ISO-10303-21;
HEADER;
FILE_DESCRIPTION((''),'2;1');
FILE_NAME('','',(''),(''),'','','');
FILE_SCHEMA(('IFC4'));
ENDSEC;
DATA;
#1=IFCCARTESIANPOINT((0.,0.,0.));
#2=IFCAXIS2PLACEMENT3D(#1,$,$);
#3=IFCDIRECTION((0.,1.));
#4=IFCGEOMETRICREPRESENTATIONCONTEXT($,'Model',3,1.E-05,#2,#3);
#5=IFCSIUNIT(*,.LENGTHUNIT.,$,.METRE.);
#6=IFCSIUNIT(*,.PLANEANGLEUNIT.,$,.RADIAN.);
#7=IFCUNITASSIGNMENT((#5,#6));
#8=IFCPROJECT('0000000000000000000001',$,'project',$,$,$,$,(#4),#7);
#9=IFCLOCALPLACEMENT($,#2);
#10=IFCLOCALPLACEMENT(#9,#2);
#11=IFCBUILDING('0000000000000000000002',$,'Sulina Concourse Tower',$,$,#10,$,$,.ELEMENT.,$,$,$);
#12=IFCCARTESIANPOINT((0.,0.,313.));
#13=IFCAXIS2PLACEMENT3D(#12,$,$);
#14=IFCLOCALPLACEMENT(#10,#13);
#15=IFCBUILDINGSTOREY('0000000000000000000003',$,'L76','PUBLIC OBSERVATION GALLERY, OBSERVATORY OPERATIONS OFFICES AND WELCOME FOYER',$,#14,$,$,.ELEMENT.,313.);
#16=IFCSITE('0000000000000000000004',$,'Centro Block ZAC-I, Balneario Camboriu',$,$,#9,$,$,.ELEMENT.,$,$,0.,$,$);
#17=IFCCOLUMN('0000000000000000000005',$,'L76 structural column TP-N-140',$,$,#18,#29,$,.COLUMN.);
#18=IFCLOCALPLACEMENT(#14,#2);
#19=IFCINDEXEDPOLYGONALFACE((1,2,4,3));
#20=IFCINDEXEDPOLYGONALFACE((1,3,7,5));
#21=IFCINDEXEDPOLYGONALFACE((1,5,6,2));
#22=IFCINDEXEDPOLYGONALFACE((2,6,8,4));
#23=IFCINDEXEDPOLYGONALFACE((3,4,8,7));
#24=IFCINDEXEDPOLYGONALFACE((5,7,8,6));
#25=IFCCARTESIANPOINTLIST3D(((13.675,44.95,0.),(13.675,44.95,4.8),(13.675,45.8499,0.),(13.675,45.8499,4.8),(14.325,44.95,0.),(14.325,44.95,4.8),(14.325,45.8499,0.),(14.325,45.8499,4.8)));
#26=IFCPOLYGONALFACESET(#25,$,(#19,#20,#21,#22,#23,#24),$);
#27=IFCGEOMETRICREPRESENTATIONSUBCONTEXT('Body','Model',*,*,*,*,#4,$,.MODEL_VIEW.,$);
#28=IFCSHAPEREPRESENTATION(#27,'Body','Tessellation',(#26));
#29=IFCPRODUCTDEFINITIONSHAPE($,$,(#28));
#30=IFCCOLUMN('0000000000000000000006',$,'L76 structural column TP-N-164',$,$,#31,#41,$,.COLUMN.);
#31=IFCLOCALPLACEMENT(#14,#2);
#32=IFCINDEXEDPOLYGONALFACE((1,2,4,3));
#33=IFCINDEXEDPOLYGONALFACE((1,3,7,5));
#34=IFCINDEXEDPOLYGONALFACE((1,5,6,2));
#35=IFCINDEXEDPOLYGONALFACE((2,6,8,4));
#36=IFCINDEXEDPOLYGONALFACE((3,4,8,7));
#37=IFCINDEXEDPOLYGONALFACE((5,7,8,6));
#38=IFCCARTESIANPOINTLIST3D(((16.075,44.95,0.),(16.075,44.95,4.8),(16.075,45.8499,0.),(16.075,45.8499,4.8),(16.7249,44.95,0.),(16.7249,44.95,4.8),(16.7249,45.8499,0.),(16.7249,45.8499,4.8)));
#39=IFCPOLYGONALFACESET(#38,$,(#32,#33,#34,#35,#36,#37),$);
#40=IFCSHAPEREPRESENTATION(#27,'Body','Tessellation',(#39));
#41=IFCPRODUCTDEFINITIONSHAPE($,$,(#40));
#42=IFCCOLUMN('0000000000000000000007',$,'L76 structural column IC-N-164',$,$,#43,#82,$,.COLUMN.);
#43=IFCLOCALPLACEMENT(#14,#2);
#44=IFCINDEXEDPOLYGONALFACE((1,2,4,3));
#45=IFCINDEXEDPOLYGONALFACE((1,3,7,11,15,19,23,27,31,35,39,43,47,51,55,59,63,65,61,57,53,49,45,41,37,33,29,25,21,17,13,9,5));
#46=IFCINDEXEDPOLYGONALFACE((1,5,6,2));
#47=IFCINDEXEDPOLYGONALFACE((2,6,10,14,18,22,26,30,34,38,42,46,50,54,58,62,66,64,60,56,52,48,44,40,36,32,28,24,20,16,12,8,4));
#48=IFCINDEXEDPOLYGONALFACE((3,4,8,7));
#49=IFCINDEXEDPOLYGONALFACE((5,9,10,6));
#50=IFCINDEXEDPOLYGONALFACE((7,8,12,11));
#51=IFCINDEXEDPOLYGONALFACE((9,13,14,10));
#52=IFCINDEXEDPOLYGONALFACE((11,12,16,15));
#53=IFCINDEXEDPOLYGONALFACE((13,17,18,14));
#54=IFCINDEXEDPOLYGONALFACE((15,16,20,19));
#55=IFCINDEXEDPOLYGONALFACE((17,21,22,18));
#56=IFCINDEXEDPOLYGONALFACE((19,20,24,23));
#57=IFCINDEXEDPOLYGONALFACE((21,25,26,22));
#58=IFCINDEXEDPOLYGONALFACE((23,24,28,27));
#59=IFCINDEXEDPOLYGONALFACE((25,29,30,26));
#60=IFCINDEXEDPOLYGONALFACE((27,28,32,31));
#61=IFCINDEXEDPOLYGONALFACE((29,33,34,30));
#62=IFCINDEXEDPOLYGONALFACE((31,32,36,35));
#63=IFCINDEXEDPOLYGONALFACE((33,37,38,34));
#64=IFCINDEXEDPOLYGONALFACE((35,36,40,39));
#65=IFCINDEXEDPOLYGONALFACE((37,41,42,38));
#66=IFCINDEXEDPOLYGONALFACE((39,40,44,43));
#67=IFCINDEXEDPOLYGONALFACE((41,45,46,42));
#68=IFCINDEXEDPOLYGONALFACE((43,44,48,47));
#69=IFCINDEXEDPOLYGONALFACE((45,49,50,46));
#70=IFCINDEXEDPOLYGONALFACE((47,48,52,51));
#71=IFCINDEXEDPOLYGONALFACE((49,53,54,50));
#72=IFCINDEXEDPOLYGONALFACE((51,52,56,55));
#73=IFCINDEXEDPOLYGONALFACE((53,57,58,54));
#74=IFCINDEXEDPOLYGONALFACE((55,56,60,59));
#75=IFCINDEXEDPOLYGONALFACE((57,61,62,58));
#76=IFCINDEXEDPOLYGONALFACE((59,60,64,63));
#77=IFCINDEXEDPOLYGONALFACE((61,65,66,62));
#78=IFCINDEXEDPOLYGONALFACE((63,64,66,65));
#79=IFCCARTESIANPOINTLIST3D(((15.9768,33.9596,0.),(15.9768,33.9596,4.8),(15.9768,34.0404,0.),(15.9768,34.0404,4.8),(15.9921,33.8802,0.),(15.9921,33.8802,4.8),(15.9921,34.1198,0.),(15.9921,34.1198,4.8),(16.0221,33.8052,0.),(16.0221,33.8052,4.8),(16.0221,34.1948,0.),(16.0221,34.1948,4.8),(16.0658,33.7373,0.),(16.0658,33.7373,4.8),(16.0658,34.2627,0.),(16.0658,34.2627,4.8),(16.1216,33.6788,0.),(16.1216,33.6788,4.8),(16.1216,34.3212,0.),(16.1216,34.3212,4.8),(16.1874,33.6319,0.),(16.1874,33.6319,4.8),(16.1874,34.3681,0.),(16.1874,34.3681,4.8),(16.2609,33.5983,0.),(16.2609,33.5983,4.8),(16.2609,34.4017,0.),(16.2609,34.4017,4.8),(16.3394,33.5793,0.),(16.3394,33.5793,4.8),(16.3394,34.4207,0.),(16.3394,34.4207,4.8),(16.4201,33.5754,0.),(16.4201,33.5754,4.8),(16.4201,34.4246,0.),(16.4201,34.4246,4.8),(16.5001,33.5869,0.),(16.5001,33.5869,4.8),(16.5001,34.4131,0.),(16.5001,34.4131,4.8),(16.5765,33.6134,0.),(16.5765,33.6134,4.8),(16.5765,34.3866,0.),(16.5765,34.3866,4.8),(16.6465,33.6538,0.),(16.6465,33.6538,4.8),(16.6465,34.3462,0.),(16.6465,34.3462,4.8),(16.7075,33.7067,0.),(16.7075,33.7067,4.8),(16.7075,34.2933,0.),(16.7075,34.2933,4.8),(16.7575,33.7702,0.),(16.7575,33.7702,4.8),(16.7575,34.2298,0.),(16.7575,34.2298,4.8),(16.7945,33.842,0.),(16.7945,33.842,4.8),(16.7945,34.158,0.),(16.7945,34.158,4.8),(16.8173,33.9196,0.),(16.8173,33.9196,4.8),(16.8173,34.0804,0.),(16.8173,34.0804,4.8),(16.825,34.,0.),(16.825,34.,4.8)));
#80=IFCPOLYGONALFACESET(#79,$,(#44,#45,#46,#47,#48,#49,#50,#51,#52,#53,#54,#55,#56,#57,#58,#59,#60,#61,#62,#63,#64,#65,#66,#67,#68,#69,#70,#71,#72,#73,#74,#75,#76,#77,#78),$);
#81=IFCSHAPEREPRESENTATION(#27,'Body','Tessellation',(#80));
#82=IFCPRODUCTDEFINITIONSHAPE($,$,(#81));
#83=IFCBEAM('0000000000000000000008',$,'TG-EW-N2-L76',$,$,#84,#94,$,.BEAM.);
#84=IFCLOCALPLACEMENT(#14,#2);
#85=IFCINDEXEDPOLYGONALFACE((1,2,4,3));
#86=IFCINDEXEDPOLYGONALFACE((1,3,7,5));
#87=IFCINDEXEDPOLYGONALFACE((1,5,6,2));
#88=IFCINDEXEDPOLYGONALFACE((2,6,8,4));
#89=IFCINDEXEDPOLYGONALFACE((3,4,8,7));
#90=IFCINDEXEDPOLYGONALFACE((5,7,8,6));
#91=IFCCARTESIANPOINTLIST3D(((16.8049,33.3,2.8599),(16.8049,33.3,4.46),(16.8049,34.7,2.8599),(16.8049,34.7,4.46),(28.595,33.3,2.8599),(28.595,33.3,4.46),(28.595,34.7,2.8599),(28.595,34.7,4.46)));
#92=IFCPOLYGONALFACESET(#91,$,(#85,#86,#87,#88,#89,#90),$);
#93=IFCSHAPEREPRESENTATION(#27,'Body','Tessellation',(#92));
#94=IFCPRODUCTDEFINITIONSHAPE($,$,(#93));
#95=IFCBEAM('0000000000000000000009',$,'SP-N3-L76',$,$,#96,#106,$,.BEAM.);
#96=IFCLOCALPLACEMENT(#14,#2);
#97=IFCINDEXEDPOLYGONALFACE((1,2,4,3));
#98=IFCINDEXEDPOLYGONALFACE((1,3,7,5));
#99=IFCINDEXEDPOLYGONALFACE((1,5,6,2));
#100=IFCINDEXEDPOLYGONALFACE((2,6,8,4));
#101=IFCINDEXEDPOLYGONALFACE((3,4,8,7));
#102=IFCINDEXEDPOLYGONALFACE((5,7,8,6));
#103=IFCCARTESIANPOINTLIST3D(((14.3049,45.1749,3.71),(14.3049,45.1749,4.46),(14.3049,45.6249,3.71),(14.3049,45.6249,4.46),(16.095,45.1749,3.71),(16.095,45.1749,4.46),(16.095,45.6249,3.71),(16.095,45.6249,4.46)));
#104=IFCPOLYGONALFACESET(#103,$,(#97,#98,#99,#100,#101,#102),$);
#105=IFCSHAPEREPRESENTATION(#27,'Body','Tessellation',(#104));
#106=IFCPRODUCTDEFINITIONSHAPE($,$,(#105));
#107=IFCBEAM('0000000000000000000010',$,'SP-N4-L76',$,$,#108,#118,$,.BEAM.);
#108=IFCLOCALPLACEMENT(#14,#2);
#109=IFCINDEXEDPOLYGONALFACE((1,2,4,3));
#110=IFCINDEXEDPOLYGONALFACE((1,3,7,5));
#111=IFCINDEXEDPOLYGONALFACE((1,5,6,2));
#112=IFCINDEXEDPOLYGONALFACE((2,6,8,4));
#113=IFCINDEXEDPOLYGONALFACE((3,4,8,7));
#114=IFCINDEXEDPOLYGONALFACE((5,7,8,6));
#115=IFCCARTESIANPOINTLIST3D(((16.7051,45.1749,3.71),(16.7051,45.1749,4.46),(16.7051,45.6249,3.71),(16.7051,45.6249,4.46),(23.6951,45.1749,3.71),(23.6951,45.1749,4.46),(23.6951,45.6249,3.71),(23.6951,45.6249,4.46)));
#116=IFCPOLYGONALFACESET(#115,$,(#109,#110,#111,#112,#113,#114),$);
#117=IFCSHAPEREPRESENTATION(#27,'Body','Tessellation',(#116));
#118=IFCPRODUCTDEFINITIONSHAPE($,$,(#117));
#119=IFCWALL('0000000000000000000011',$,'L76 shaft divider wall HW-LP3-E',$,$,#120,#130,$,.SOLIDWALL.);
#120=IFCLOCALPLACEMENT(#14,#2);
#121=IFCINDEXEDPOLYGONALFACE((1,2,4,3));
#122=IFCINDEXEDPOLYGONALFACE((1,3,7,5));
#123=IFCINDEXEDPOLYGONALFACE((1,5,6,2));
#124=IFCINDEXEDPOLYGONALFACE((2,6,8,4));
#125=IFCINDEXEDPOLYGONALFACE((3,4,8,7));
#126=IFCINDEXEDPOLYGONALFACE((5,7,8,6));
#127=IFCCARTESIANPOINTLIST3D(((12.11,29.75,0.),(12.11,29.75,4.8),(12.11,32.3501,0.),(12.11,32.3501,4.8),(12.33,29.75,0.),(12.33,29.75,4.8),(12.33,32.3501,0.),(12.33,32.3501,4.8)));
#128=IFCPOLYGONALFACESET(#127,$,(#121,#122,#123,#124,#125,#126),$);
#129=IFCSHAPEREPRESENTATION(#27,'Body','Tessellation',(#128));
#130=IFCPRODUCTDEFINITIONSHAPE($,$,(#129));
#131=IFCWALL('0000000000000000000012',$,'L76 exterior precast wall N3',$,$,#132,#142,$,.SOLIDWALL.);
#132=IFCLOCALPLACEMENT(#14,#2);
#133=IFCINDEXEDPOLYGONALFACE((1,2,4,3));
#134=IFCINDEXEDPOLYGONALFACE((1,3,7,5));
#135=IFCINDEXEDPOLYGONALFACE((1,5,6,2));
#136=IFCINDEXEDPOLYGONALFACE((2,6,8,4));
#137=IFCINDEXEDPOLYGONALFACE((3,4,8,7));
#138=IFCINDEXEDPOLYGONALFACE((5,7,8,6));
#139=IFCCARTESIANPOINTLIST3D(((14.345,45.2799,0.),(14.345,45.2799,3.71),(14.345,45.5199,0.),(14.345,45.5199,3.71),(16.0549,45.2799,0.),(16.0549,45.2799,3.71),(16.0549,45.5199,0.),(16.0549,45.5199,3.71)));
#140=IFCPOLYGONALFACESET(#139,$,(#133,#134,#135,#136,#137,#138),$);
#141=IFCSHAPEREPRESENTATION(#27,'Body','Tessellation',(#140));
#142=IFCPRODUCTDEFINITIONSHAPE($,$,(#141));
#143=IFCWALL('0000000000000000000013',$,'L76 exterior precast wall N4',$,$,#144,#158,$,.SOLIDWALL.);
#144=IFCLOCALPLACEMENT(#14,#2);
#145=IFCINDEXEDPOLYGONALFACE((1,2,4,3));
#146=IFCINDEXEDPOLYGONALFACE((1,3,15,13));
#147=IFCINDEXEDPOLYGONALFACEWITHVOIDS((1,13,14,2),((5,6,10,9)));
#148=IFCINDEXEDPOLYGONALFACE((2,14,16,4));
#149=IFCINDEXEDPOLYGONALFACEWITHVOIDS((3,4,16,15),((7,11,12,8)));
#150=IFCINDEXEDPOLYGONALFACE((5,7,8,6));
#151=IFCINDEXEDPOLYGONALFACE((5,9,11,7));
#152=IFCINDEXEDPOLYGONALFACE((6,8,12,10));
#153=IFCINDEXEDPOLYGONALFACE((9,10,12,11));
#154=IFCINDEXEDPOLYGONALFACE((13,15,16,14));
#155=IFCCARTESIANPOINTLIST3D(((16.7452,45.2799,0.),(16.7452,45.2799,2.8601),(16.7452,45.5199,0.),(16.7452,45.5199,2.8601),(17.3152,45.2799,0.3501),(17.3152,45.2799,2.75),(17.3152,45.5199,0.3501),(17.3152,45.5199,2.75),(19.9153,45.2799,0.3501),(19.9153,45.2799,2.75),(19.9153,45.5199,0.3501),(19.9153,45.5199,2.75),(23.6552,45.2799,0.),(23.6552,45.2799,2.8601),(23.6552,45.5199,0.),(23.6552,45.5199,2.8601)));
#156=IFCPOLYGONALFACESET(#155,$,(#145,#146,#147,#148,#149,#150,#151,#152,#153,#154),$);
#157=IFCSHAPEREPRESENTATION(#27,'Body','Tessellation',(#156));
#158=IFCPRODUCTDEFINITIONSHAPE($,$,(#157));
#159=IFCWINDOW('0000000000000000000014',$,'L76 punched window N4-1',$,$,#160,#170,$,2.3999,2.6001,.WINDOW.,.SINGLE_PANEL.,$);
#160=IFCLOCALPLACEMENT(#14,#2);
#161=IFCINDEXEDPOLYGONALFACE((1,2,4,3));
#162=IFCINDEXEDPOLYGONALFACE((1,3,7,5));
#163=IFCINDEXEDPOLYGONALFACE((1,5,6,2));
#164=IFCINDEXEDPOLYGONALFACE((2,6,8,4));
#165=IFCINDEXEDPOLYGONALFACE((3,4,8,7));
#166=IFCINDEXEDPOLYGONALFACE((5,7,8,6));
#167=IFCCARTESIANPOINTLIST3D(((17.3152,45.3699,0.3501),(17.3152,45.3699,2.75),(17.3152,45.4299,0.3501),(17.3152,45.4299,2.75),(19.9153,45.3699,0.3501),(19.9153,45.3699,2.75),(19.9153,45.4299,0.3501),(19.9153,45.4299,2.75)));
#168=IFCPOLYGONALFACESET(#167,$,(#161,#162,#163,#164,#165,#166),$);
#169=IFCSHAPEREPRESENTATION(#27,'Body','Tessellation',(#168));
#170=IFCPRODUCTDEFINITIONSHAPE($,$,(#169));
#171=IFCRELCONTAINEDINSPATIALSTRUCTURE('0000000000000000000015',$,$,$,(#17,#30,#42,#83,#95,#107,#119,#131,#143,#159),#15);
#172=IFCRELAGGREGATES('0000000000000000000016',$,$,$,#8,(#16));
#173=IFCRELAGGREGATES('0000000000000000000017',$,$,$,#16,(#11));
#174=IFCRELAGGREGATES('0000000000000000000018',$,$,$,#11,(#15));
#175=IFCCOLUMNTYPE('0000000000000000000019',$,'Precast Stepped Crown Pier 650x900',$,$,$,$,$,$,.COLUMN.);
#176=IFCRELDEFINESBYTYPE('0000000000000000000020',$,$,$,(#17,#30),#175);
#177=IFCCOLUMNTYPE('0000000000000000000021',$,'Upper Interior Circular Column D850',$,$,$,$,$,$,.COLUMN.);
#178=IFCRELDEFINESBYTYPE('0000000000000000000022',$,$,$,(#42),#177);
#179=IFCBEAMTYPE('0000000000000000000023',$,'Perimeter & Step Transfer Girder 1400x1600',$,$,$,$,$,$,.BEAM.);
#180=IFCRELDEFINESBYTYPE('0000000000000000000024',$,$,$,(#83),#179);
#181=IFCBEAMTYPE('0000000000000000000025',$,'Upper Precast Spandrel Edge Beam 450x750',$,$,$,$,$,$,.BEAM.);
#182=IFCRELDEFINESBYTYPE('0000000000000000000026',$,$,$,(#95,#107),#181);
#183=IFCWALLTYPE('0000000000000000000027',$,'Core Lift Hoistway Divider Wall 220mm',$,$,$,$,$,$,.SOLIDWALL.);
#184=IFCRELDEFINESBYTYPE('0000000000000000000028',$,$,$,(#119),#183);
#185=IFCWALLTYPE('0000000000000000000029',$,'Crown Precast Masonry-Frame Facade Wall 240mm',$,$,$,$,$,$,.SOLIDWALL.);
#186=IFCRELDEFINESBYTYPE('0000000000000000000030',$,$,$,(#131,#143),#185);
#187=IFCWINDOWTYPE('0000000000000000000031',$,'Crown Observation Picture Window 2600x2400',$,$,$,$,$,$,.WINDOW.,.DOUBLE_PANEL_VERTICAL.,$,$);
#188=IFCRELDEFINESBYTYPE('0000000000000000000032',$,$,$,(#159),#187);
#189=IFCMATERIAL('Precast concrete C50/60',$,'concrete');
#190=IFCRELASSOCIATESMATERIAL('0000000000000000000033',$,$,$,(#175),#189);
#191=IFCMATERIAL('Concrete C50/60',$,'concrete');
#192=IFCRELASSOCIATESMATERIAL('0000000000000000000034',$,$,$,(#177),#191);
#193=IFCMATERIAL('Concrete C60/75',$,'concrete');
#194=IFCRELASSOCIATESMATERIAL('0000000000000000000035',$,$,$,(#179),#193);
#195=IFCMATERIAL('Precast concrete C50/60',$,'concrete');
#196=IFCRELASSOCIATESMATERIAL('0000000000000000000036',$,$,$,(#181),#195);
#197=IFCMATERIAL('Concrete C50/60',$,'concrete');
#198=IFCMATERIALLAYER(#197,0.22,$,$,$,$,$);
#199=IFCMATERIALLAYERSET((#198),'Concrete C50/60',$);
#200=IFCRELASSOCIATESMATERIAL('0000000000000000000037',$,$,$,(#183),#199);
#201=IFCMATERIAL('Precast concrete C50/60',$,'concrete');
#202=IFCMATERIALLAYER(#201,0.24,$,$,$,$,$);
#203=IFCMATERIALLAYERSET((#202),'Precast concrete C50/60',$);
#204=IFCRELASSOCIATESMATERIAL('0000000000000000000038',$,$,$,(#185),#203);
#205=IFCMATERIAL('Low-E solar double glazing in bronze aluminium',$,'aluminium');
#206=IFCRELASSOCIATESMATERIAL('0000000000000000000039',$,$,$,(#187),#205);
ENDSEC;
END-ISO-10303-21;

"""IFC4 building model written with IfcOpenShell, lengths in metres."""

from ifc_helpers import new_model, si_unit, direction, frame, frame_2d, origin, origin_2d, place, context, subcontext, project, spatial, rectangle, circle, extrude, material, layer, layer_set, material_profile, profile_set, type_object, element, fill, save


model = new_model("IFC4")

# Units and contexts
model_context = context("Model", 3, precision=1e-05, world=origin(), true_north=direction((0.0, 1.0)))
body_context = subcontext(model_context, "Body", "Model", "MODEL_VIEW")
ifc_project = project(units=[si_unit("LENGTHUNIT", "METRE"), si_unit("PLANEANGLEUNIT", "RADIAN")], contexts=[model_context])

# Site, building, storey
site_placement = place(None, origin())
site = spatial("IfcSite", under=ifc_project, at=site_placement, Name="Centro Block ZAC-I, Balneario Camboriu", CompositionType="ELEMENT", RefElevation=0.0)
building_placement = place(site_placement, origin())
building = spatial("IfcBuilding", under=site, at=building_placement, Name="Sulina Concourse Tower", CompositionType="ELEMENT")
storey_placement = place(building_placement, frame((0.0, 0.0, 313.0)))
storey = spatial("IfcBuildingStorey", under=building, at=storey_placement, Name="L76", Description="PUBLIC OBSERVATION GALLERY, OBSERVATORY OPERATIONS OFFICES AND WELCOME FOYER", CompositionType="ELEMENT", Elevation=313.0)

# Columns
ifc_material_1 = material(Name="Precast concrete C50/60", Category="concrete")
ifc_material_profile_1 = material_profile(ifc_material_1, rectangle(XDim=0.6499, YDim=0.8999, at=origin_2d()), Name="PC 650x900")
ifc_profile_set_1 = profile_set([ifc_material_profile_1], Name="Precast concrete C50/60")
column_type_1 = type_object("IfcColumnType", Name="Precast Stepped Crown Pier 650x900", PredefinedType="COLUMN", material=ifc_profile_set_1)
for number, where, z_axis, x_axis, name in (
    (1, (14.0, 45.3999, 0.0), (0.0, 0.0, 1.0), (1.0, 0.0, 0.0), "L76 structural column TP-N-140"),
    (2, (16.3999, 45.3999, 0.0), (0.0, 0.0, 1.0), (1.0, 0.0, 0.0), "L76 structural column TP-N-164"),
):
    element("IfcColumn", number, at=place(storey_placement, frame(where, z_axis=z_axis, x_axis=x_axis)), inside=storey, type_object=column_type_1, Name=name, PredefinedType="COLUMN", context=body_context, shape_type="SweptSolid", body=[
        extrude(rectangle(XDim=0.6499, YDim=0.8999, at=origin_2d()), origin(), (0.0, 0.0, 1.0), 4.8),
    ])
ifc_material_2 = material(Name="Concrete C50/60", Category="concrete")
ifc_material_profile_2 = material_profile(ifc_material_2, circle(Radius=0.425, at=origin_2d()), Name="RC D850")
ifc_profile_set_2 = profile_set([ifc_material_profile_2], Name="Concrete C50/60")
column_type_2 = type_object("IfcColumnType", Name="Upper Interior Circular Column D850", PredefinedType="COLUMN", material=ifc_profile_set_2)
column_placement = place(storey_placement, frame((16.3999, 34.0, 0.0), z_axis=(0.0, 0.0, 1.0), x_axis=(1.0, 0.0, 0.0)))
element("IfcColumn", 3, at=column_placement, inside=storey, type_object=column_type_2, Name="L76 structural column IC-N-164", PredefinedType="COLUMN", context=body_context, shape_type="SweptSolid", body=[
    extrude(circle(Radius=0.425, at=origin_2d()), origin(), (0.0, 0.0, 1.0), 4.8),
])

# Beams
ifc_material_3 = material(Name="Concrete C60/75", Category="concrete")
ifc_material_profile_3 = material_profile(ifc_material_3, rectangle(XDim=1.3999, YDim=1.6001, at=origin_2d()), Name="RC 1400x1600")
ifc_profile_set_3 = profile_set([ifc_material_profile_3], Name="Concrete C60/75")
beam_type_1 = type_object("IfcBeamType", Name="Perimeter & Step Transfer Girder 1400x1600", PredefinedType="BEAM", material=ifc_profile_set_3)
beam_1_placement = place(storey_placement, frame((16.8049, 34.0, 3.6599), z_axis=(1.0, 0.0, 0.0), x_axis=(0.0, 1.0, 0.0)))
element("IfcBeam", 4, at=beam_1_placement, inside=storey, type_object=beam_type_1, Name="TG-EW-N2-L76", PredefinedType="BEAM", context=body_context, shape_type="SweptSolid", body=[
    extrude(rectangle(XDim=1.3999, YDim=1.6001, at=origin_2d()), origin(), (0.0, 0.0, 1.0), 11.79),
])
ifc_material_4 = material(Name="Precast concrete C50/60", Category="concrete")
ifc_material_profile_4 = material_profile(ifc_material_4, rectangle(XDim=0.45, YDim=0.75, at=origin_2d()), Name="RC 450x750")
ifc_profile_set_4 = profile_set([ifc_material_profile_4], Name="Precast concrete C50/60")
beam_type_2 = type_object("IfcBeamType", Name="Upper Precast Spandrel Edge Beam 450x750", PredefinedType="BEAM", material=ifc_profile_set_4)
beam_2_placement = place(storey_placement, frame((14.3049, 45.3999, 4.085), z_axis=(1.0, 0.0, 0.0), x_axis=(0.0, 1.0, 0.0)))
element("IfcBeam", 5, at=beam_2_placement, inside=storey, type_object=beam_type_2, Name="SP-N3-L76", PredefinedType="BEAM", context=body_context, shape_type="SweptSolid", body=[
    extrude(rectangle(XDim=0.45, YDim=0.75, at=origin_2d()), origin(), (0.0, 0.0, 1.0), 1.79),
])
beam_3_placement = place(storey_placement, frame((16.7051, 45.3999, 4.085), z_axis=(1.0, 0.0, 0.0), x_axis=(0.0, 1.0, 0.0)))
element("IfcBeam", 6, at=beam_3_placement, inside=storey, type_object=beam_type_2, Name="SP-N4-L76", PredefinedType="BEAM", context=body_context, shape_type="SweptSolid", body=[
    extrude(rectangle(XDim=0.45, YDim=0.75, at=origin_2d()), origin(), (0.0, 0.0, 1.0), 6.99),
])

# Walls
ifc_material_5 = material(Name="Concrete C50/60", Category="concrete")
ifc_layer_1 = layer(ifc_material_5, 0.22)
ifc_layer_set_1 = layer_set([ifc_layer_1], Name="Concrete C50/60")
wall_type_1 = type_object("IfcWallType", Name="Core Lift Hoistway Divider Wall 220mm", PredefinedType="SOLIDWALL", material=ifc_layer_set_1)
wall_1_placement = place(storey_placement, frame((12.22, 29.75, 0.0), z_axis=(0.0, 0.0, 1.0), x_axis=(0.0, 1.0, 0.0)))
element("IfcWall", 7, at=wall_1_placement, inside=storey, type_object=wall_type_1, Name="L76 shaft divider wall HW-LP3-E", PredefinedType="SOLIDWALL", context=body_context, shape_type="SweptSolid", body=[
    extrude(rectangle(XDim=2.6001, YDim=0.22, at=frame_2d((1.3, 0.0))), origin(), (0.0, 0.0, 1.0), 4.8),
])
ifc_material_6 = material(Name="Precast concrete C50/60", Category="concrete")
ifc_layer_2 = layer(ifc_material_6, 0.24)
ifc_layer_set_2 = layer_set([ifc_layer_2], Name="Precast concrete C50/60")
wall_type_2 = type_object("IfcWallType", Name="Crown Precast Masonry-Frame Facade Wall 240mm", PredefinedType="SOLIDWALL", material=ifc_layer_set_2)
wall_2_placement = place(storey_placement, frame((14.345, 45.3999, 0.0), z_axis=(0.0, 0.0, 1.0), x_axis=(1.0, 0.0, 0.0)))
element("IfcWall", 8, at=wall_2_placement, inside=storey, type_object=wall_type_2, Name="L76 exterior precast wall N3", PredefinedType="SOLIDWALL", context=body_context, shape_type="SweptSolid", body=[
    extrude(rectangle(XDim=1.71, YDim=0.24, at=frame_2d((0.855, 0.0))), origin(), (0.0, 0.0, 1.0), 3.71),
])

# Wall, opening, window
wall_3_placement = place(storey_placement, frame((16.7451, 45.3999, 0.0), z_axis=(0.0, 0.0, 1.0), x_axis=(1.0, 0.0, 0.0)))
wall_3 = element("IfcWall", 9, at=wall_3_placement, inside=storey, type_object=wall_type_2, Name="L76 exterior precast wall N4", PredefinedType="SOLIDWALL", context=body_context, shape_type="SweptSolid", body=[
    extrude(rectangle(XDim=6.9099, YDim=0.24, at=frame_2d((3.4551, 0.0))), origin(), (0.0, 0.0, 1.0), 2.8601),
])
opening_1_placement = place(wall_3_placement, frame((0.5701, 0.0, 0.3501)))
opening_1 = element("IfcOpeningElement", 10, at=opening_1_placement, cuts=wall_3, PredefinedType="OPENING", context=body_context, shape_type="SweptSolid", body=[
    extrude(rectangle(XDim=2.6001, YDim=2.3999, at=frame_2d((1.3, 1.2))), frame((0.0, 0.1299, 0.0), z_axis=(0.0, -1.0, 0.0), x_axis=(1.0, 0.0, 0.0)), (0.0, 0.0, 1.0), 0.26),
])
ifc_material_7 = material(Name="Low-E solar double glazing in bronze aluminium", Category="aluminium")
window_type = type_object("IfcWindowType", Name="Crown Observation Picture Window 2600x2400", PartitioningType="DOUBLE_PANEL_VERTICAL", PredefinedType="WINDOW", material=ifc_material_7)
window_placement = place(opening_1_placement, origin())
window = element("IfcWindow", 11, at=window_placement, inside=storey, type_object=window_type, Name="L76 punched window N4-1", OverallHeight=2.3999, OverallWidth=2.6001, PartitioningType="SINGLE_PANEL", PredefinedType="WINDOW", context=body_context, shape_type="SweptSolid", body=[
    extrude(rectangle(XDim=2.6001, YDim=2.3999, at=frame_2d((1.3, 1.2))), frame((0.0, 0.03, 0.0), z_axis=(0.0, -1.0, 0.0), x_axis=(1.0, 0.0, 0.0)), (0.0, 0.0, 1.0), 0.0601),
])
fill(opening_1, window)

save(model, "model.ifc")
